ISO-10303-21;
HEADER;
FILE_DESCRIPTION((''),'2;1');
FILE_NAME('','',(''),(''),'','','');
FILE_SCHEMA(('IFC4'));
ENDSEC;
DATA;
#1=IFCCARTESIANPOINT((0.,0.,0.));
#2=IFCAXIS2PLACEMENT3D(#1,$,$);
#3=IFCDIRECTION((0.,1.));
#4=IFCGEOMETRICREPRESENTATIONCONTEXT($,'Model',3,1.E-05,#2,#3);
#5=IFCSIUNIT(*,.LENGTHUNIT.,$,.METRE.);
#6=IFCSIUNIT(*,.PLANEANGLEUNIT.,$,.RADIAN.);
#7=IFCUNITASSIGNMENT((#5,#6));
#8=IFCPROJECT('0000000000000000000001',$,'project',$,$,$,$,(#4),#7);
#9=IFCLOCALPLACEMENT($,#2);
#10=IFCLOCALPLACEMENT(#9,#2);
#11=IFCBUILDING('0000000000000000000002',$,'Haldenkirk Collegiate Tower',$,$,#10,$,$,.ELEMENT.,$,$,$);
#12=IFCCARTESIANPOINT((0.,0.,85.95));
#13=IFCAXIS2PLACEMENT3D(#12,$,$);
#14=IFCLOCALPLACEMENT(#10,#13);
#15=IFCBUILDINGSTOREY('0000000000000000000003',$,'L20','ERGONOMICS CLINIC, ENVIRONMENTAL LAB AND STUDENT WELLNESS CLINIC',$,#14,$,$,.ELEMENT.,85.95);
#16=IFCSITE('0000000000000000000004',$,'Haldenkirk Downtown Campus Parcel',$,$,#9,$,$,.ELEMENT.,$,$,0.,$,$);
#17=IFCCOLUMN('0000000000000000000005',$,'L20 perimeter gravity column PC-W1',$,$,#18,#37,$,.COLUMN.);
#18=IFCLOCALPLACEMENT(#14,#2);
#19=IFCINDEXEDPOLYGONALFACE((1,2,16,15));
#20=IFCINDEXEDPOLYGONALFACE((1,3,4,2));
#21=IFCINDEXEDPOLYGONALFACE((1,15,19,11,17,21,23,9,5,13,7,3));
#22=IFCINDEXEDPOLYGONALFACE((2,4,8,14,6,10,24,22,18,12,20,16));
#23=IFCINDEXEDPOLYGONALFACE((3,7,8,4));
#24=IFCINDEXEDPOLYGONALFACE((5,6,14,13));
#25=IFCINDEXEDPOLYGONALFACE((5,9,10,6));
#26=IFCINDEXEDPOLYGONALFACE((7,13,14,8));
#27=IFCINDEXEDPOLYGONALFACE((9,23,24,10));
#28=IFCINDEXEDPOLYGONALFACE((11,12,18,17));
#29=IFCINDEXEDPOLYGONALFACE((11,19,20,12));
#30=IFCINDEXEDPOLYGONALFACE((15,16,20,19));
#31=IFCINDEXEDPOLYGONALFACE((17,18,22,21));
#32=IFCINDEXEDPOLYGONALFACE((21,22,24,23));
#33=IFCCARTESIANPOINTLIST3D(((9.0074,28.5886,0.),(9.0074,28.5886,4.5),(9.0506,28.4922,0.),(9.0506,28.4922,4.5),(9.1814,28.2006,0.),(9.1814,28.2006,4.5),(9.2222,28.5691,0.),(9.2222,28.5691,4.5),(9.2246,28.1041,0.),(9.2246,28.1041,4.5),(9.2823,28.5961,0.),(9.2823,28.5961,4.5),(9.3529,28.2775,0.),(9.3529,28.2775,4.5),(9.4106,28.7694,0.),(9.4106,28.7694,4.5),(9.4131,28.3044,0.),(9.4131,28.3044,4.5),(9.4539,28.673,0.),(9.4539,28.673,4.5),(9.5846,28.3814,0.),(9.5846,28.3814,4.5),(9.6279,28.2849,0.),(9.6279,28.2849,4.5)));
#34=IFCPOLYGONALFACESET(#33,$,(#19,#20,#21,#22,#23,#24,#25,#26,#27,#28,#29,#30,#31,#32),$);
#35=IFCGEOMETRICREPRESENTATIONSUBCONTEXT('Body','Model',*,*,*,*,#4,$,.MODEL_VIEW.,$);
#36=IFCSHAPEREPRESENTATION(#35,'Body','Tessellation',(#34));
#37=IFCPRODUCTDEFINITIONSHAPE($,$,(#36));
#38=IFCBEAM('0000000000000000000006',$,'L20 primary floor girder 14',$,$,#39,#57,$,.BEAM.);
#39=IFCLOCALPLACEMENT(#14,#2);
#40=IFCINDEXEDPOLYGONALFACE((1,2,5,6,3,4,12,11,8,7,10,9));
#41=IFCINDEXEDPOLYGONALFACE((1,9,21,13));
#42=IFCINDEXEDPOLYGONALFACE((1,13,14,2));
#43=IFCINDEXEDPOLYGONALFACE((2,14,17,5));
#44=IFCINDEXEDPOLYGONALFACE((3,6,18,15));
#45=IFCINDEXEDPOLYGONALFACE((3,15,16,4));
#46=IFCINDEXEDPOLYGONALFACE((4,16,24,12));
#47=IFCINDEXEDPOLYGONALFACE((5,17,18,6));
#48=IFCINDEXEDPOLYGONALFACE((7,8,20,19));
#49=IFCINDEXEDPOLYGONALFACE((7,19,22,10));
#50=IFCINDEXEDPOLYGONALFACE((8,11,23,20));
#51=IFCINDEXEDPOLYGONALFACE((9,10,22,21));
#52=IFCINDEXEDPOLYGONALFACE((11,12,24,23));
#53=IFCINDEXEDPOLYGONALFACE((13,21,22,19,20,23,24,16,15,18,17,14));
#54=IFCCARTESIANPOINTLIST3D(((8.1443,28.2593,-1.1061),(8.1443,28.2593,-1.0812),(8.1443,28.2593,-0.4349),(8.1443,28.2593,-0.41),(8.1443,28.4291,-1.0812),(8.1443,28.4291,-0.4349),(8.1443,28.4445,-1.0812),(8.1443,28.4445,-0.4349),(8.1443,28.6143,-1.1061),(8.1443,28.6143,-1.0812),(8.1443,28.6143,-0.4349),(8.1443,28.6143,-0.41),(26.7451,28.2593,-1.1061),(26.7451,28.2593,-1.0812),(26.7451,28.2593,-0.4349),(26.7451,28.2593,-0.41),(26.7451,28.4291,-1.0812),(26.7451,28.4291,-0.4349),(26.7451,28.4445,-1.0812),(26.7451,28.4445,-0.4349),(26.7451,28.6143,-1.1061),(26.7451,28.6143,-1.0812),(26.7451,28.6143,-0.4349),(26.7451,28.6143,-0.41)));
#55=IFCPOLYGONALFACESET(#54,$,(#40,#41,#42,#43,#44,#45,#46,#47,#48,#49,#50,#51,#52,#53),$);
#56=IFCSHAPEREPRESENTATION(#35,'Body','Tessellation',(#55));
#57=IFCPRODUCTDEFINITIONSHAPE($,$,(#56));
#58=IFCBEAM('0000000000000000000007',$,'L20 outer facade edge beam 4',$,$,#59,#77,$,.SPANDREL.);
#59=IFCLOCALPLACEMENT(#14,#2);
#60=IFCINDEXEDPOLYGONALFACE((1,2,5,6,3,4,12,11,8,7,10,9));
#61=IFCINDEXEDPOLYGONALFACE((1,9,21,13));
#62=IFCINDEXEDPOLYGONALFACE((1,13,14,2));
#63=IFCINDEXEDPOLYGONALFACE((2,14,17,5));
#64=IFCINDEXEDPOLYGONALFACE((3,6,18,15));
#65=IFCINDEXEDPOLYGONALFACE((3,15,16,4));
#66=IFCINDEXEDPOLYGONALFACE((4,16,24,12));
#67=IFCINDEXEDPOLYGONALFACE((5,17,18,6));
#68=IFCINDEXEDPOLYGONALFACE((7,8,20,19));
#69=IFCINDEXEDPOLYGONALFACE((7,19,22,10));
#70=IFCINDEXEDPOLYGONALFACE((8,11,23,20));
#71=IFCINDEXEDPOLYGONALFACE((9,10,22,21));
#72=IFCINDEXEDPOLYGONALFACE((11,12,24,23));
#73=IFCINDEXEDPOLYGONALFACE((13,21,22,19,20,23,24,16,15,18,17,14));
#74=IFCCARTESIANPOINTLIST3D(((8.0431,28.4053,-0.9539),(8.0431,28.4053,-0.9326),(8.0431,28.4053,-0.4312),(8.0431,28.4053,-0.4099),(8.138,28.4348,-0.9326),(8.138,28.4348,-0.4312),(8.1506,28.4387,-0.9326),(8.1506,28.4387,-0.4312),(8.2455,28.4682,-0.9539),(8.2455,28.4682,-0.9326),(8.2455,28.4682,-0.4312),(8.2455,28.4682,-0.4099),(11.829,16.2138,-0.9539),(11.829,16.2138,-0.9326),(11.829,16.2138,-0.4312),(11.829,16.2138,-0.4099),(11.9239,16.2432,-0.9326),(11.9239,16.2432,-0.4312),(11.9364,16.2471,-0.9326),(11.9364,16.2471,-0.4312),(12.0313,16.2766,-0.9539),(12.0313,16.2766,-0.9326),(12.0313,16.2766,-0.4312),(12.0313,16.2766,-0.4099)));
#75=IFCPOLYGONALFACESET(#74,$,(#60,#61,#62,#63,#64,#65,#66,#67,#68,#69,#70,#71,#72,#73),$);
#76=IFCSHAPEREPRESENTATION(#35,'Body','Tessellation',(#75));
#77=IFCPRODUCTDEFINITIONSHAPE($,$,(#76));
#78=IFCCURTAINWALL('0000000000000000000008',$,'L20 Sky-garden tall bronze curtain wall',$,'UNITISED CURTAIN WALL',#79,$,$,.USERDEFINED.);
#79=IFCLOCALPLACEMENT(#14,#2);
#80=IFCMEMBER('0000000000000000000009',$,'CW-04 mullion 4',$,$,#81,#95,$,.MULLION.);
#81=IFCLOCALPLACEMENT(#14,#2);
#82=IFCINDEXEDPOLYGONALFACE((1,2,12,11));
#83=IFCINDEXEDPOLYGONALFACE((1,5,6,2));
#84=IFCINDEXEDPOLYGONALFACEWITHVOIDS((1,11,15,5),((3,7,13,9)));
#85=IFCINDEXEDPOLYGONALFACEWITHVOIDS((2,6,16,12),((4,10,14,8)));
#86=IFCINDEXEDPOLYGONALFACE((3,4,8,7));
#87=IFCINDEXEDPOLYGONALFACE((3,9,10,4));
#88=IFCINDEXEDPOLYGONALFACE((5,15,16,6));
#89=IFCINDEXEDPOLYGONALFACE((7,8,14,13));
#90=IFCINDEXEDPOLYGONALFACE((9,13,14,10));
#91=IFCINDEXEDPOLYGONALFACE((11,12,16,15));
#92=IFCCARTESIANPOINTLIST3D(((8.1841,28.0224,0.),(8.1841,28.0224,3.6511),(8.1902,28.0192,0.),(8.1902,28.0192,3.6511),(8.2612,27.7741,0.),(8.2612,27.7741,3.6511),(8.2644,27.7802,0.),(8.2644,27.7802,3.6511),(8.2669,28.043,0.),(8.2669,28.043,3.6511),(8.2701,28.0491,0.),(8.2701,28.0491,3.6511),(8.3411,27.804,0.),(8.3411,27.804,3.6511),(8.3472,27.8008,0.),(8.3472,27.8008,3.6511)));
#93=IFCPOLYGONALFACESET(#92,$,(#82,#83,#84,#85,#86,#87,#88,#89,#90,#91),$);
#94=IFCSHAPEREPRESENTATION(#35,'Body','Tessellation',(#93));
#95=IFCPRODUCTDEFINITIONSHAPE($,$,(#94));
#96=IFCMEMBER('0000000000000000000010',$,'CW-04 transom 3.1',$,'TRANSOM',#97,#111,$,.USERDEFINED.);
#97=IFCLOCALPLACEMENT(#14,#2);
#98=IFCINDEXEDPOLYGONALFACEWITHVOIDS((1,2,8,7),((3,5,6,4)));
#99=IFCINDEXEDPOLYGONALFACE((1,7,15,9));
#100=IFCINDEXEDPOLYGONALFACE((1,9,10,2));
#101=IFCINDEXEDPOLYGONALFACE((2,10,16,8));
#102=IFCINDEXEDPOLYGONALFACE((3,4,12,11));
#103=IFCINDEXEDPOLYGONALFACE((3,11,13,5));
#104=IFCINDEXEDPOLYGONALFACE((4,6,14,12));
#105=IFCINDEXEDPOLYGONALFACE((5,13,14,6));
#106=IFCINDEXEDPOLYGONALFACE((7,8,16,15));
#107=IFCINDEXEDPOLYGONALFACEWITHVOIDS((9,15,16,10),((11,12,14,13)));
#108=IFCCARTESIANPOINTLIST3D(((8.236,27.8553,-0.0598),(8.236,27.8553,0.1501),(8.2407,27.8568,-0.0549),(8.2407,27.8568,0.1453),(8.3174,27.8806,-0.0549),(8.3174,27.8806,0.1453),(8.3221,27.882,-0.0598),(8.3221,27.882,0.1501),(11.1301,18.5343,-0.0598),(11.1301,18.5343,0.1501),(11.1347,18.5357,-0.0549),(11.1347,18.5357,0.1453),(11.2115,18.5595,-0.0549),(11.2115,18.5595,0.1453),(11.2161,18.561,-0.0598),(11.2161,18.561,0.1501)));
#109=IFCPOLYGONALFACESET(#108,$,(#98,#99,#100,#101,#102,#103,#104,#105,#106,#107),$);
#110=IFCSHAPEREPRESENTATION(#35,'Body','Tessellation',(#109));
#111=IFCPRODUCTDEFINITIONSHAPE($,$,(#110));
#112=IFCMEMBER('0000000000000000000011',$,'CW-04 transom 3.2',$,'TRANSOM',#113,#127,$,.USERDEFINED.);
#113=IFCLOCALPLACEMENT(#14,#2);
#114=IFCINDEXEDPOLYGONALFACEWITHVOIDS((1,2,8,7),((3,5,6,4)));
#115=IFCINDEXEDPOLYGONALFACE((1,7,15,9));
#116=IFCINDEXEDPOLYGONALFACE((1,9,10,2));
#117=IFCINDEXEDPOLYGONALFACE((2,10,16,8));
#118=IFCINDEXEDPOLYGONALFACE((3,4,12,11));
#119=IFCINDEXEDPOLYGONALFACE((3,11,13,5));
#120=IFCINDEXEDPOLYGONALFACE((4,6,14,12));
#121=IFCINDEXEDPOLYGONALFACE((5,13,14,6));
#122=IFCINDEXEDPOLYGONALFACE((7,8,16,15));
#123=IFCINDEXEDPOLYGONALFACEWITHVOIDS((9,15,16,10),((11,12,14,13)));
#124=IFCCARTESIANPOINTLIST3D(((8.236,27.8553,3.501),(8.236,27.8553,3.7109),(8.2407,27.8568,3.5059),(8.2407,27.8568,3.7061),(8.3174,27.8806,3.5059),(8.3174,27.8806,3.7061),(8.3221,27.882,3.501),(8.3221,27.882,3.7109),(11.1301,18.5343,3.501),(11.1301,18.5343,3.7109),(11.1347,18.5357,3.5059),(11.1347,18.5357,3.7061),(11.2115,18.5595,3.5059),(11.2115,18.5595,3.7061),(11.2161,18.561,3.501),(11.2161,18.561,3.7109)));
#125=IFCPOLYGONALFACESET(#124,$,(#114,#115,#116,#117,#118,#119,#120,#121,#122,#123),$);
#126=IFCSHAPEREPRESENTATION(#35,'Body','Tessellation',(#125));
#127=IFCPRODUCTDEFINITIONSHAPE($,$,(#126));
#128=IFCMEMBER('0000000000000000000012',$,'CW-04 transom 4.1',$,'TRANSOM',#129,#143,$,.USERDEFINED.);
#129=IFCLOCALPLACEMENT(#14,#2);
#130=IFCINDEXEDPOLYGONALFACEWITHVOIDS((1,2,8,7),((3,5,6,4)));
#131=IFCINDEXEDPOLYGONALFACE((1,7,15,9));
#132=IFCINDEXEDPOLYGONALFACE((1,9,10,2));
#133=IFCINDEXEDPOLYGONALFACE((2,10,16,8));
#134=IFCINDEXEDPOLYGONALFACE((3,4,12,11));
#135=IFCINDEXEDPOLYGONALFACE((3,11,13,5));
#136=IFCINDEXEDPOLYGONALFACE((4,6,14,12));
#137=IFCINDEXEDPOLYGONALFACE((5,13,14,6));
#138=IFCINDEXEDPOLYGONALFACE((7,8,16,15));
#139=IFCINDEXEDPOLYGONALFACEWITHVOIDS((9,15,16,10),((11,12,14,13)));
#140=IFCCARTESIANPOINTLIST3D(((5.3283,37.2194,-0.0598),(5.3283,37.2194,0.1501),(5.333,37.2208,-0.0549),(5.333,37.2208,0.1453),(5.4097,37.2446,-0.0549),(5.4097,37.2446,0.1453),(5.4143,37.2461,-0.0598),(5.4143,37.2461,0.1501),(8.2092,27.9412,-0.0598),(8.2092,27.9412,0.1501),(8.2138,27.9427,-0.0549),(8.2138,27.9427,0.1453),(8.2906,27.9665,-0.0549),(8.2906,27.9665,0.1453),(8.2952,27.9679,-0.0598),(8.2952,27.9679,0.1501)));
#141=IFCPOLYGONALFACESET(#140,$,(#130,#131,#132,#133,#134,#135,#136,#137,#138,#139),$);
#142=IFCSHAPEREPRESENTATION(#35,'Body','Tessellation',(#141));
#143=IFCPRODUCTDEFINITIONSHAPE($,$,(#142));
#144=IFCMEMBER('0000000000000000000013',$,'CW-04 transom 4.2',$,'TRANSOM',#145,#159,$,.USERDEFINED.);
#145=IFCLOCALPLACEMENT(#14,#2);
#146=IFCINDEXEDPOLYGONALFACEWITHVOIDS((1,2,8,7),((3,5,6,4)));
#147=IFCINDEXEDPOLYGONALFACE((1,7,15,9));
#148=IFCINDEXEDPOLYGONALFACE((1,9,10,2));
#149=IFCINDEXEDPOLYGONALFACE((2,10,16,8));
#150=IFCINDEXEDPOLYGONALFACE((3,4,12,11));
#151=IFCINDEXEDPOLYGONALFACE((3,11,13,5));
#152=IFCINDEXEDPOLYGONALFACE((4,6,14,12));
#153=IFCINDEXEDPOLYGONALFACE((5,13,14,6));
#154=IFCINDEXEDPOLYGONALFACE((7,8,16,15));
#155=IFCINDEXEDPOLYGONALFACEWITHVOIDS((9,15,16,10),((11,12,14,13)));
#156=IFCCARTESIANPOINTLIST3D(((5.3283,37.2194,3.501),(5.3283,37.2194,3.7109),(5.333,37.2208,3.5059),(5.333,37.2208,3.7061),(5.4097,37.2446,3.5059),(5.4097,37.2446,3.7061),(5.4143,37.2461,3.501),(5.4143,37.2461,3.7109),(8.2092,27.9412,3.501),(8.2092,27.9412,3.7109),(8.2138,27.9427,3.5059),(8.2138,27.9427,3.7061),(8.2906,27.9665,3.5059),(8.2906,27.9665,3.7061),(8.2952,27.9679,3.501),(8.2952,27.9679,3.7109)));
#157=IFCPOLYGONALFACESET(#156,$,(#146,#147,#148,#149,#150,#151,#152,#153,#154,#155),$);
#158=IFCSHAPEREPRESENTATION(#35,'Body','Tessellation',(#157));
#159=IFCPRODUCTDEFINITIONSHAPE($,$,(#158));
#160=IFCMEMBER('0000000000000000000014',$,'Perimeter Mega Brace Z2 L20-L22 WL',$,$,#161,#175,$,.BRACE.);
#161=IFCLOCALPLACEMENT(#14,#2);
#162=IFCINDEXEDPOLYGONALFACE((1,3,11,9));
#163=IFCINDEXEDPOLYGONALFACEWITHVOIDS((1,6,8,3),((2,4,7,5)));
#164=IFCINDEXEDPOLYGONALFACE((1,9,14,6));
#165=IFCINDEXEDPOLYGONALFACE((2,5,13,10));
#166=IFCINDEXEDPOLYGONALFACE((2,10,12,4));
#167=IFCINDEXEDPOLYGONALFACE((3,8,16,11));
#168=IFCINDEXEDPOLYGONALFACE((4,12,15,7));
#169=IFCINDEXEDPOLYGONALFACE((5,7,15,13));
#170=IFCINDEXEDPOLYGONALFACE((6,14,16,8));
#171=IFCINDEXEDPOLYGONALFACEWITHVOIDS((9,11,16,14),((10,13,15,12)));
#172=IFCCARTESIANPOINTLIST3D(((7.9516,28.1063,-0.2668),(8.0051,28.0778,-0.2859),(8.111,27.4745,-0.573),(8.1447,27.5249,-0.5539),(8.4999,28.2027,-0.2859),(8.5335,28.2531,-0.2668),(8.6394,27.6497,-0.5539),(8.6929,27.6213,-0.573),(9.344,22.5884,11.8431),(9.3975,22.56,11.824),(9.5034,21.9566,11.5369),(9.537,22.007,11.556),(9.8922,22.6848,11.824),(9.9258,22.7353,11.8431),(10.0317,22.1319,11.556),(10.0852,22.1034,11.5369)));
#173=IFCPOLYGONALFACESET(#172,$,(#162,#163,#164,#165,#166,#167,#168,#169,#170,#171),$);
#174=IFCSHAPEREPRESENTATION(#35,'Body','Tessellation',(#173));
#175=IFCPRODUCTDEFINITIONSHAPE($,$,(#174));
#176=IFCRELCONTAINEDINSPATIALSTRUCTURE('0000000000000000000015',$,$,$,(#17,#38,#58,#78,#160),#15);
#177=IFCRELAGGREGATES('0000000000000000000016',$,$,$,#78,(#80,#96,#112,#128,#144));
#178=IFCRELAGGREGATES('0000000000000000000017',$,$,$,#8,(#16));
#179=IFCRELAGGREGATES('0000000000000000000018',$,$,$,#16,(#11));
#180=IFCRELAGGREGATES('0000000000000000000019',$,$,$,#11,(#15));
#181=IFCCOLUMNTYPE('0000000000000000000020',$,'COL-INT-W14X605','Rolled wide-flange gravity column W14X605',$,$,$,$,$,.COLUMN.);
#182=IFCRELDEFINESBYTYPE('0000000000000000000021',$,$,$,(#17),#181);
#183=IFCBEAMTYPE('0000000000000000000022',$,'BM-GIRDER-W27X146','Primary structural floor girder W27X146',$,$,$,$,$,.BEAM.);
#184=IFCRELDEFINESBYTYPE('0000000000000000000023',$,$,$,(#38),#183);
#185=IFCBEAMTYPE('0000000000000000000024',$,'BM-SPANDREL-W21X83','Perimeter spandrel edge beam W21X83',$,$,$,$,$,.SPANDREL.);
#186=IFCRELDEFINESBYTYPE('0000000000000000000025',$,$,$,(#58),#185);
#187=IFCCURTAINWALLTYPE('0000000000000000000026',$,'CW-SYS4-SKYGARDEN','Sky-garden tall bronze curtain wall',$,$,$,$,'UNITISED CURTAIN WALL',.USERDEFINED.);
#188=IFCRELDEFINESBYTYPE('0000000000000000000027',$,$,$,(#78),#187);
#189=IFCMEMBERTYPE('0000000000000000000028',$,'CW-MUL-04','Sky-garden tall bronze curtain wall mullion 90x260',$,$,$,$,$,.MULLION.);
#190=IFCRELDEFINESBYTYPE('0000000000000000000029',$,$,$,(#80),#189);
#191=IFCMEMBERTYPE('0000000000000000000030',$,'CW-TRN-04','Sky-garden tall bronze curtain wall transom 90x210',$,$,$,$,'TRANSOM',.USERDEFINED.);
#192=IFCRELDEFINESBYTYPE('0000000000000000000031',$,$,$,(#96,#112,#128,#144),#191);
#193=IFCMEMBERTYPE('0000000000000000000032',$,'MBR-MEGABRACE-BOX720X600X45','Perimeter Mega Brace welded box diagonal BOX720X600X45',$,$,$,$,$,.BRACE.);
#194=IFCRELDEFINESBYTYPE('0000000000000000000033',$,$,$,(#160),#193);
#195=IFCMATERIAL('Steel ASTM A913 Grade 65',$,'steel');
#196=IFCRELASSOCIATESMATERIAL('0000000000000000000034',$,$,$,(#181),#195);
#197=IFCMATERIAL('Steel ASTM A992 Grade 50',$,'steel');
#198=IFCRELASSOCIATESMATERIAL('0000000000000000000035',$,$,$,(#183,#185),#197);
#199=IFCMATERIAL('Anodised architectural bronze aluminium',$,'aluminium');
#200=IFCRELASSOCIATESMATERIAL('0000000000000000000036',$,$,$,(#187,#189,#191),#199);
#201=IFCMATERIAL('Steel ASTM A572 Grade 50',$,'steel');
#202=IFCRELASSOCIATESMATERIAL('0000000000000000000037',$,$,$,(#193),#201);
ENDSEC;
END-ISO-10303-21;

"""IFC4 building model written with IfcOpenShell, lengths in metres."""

from ifc_helpers import new_model, si_unit, direction, frame, origin, origin_2d, place, context, subcontext, project, spatial, hollow_rectangle, i_section, extrude, material, material_profile, profile_set, type_object, element, aggregate, save


model = new_model("IFC4")

# Units and contexts
model_context = context("Model", 3, precision=1e-05, world=origin(), true_north=direction((0.0, 1.0)))
body_context = subcontext(model_context, "Body", "Model", "MODEL_VIEW")
ifc_project = project(units=[si_unit("LENGTHUNIT", "METRE"), si_unit("PLANEANGLEUNIT", "RADIAN")], contexts=[model_context])

# Site, building, storey
site_placement = place(None, origin())
site = spatial("IfcSite", under=ifc_project, at=site_placement, Name="Haldenkirk Downtown Campus Parcel", CompositionType="ELEMENT", RefElevation=0.0)
building_placement = place(site_placement, origin())
building = spatial("IfcBuilding", under=site, at=building_placement, Name="Haldenkirk Collegiate Tower", CompositionType="ELEMENT")
storey_placement = place(building_placement, frame((0.0, 0.0, 85.95)))
storey = spatial("IfcBuildingStorey", under=building, at=storey_placement, Name="L20", Description="ERGONOMICS CLINIC, ENVIRONMENTAL LAB AND STUDENT WELLNESS CLINIC", CompositionType="ELEMENT", Elevation=85.95)

# Column
ifc_material_1 = material(Name="Steel ASTM A913 Grade 65", Category="steel")
ifc_material_profile_1 = material_profile(ifc_material_1, i_section(OverallWidth=0.4419, OverallDepth=0.531, WebThickness=0.0659, FlangeThickness=0.1057, at=origin_2d()), Name="W14X605")
ifc_profile_set_1 = profile_set([ifc_material_profile_1], Name="Steel ASTM A913 Grade 65")
column_type = type_object("IfcColumnType", Name="COL-INT-W14X605", Description="Rolled wide-flange gravity column W14X605", PredefinedType="COLUMN", material=ifc_profile_set_1)
column_placement = place(storey_placement, frame((9.3176, 28.4368, 0.0), z_axis=(0.0, 0.0, 1.0), x_axis=(0.912477, 0.409127, 0.0)))
element("IfcColumn", 1, at=column_placement, inside=storey, type_object=column_type, Name="L20 perimeter gravity column PC-W1", PredefinedType="COLUMN", context=body_context, shape_type="SweptSolid", body=[
    extrude(i_section(OverallWidth=0.4419, OverallDepth=0.531, WebThickness=0.0659, FlangeThickness=0.1057, at=origin_2d()), origin(), (0.0, 0.0, 1.0), 4.5),
])

# Beams
ifc_material_2 = material(Name="Steel ASTM A992 Grade 50", Category="steel")
ifc_material_profile_2 = material_profile(ifc_material_2, i_section(OverallWidth=0.355, OverallDepth=0.696, WebThickness=0.0154, FlangeThickness=0.0249, at=origin_2d()), Name="W27X146")
ifc_profile_set_2 = profile_set([ifc_material_profile_2], Name="Steel ASTM A992 Grade 50")
beam_type_1 = type_object("IfcBeamType", Name="BM-GIRDER-W27X146", Description="Primary structural floor girder W27X146", PredefinedType="BEAM", material=ifc_profile_set_2)
beam_1_placement = place(storey_placement, frame((8.1443, 28.4368, -0.7581), z_axis=(1.0, 0.0, 0.0), x_axis=(0.0, 1.0, 0.0)))
element("IfcBeam", 2, at=beam_1_placement, inside=storey, type_object=beam_type_1, Name="L20 primary floor girder 14", PredefinedType="BEAM", context=body_context, shape_type="SweptSolid", body=[
    extrude(i_section(OverallWidth=0.355, OverallDepth=0.696, WebThickness=0.0154, FlangeThickness=0.0249, at=origin_2d()), origin(), (0.0, 0.0, 1.0), 18.6008),
])
ifc_material_profile_3 = material_profile(ifc_material_2, i_section(OverallWidth=0.2119, OverallDepth=0.5439, WebThickness=0.0132, FlangeThickness=0.0212, at=origin_2d()), Name="W21X83")
ifc_profile_set_3 = profile_set([ifc_material_profile_3], Name="Steel ASTM A992 Grade 50")
beam_type_2 = type_object("IfcBeamType", Name="BM-SPANDREL-W21X83", Description="Perimeter spandrel edge beam W21X83", PredefinedType="SPANDREL", material=ifc_profile_set_3)
beam_2_placement = place(storey_placement, frame((8.1443, 28.4368, -0.6819), z_axis=(0.296562, -0.955014, 0.0), x_axis=(0.955014, 0.296562, 0.0)))
element("IfcBeam", 3, at=beam_2_placement, inside=storey, type_object=beam_type_2, Name="L20 outer facade edge beam 4", PredefinedType="SPANDREL", context=body_context, shape_type="SweptSolid", body=[
    extrude(i_section(OverallWidth=0.2119, OverallDepth=0.5439, WebThickness=0.0132, FlangeThickness=0.0212, at=origin_2d()), origin(), (0.0, 0.0, 1.0), 12.7659),
])

# Curtain wall, members
ifc_material_3 = material(Name="Anodised architectural bronze aluminium", Category="aluminium")
curtain_wall_type = type_object("IfcCurtainWallType", Name="CW-SYS4-SKYGARDEN", Description="Sky-garden tall bronze curtain wall", ElementType="UNITISED CURTAIN WALL", PredefinedType="USERDEFINED", material=ifc_material_3)
curtain_wall_placement = place(storey_placement, origin())
curtain_wall = element("IfcCurtainWall", 4, at=curtain_wall_placement, inside=storey, type_object=curtain_wall_type, Name="L20 Sky-garden tall bronze curtain wall", ObjectType="UNITISED CURTAIN WALL", PredefinedType="USERDEFINED")
ifc_material_profile_4 = material_profile(ifc_material_3, hollow_rectangle(XDim=0.0901, YDim=0.26, WallThickness=0.0049, at=origin_2d()), Name="CW-MUL-04")
ifc_profile_set_4 = profile_set([ifc_material_profile_4], Name="Anodised architectural bronze aluminium")
member_type_1 = type_object("IfcMemberType", Name="CW-MUL-04", Description="Sky-garden tall bronze curtain wall mullion 90x260", PredefinedType="MULLION", material=ifc_profile_set_4)
member_1_placement = place(storey_placement, frame((8.2656, 27.9116, 0.0), z_axis=(0.0, 0.0, 1.0), x_axis=(-0.95502, -0.296541, 0.0)))
member_1 = element("IfcMember", 5, at=member_1_placement, type_object=member_type_1, Name="CW-04 mullion 4", PredefinedType="MULLION", context=body_context, shape_type="SweptSolid", body=[
    extrude(hollow_rectangle(XDim=0.0901, YDim=0.26, WallThickness=0.0049, at=origin_2d()), origin(), (0.0, 0.0, 1.0), 3.6511),
])
ifc_material_profile_5 = material_profile(ifc_material_3, hollow_rectangle(XDim=0.0901, YDim=0.21, WallThickness=0.0049, at=origin_2d()), Name="CW-TRN-04")
ifc_profile_set_5 = profile_set([ifc_material_profile_5], Name="Anodised architectural bronze aluminium")
member_type_2 = type_object("IfcMemberType", Name="CW-TRN-04", Description="Sky-garden tall bronze curtain wall transom 90x210", ElementType="TRANSOM", PredefinedType="USERDEFINED", material=ifc_profile_set_5)
member_2_placement = place(storey_placement, frame((11.1731, 18.5476, 0.0452), z_axis=(-0.296521, 0.955026, 0.0), x_axis=(-0.955026, -0.296521, 0.0)))
member_2 = element("IfcMember", 6, at=member_2_placement, type_object=member_type_2, Name="CW-04 transom 3.1", ObjectType="TRANSOM", PredefinedType="USERDEFINED", context=body_context, shape_type="SweptSolid", body=[
    extrude(hollow_rectangle(XDim=0.0901, YDim=0.21, WallThickness=0.0049, at=origin_2d()), origin(), (0.0, 0.0, 1.0), 9.76),
])
member_3_placement = place(storey_placement, frame((11.1731, 18.5476, 3.606), z_axis=(-0.296521, 0.955026, 0.0), x_axis=(-0.955026, -0.296521, 0.0)))
member_3 = element("IfcMember", 7, at=member_3_placement, type_object=member_type_2, Name="CW-04 transom 3.2", ObjectType="TRANSOM", PredefinedType="USERDEFINED", context=body_context, shape_type="SweptSolid", body=[
    extrude(hollow_rectangle(XDim=0.0901, YDim=0.21, WallThickness=0.0049, at=origin_2d()), origin(), (0.0, 0.0, 1.0), 9.76),
])
member_4_placement = place(storey_placement, frame((8.2522, 27.9546, 0.0452), z_axis=(-0.296536, 0.955022, 0.0), x_axis=(-0.955022, -0.296536, 0.0)))
member_4 = element("IfcMember", 8, at=member_4_placement, type_object=member_type_2, Name="CW-04 transom 4.1", ObjectType="TRANSOM", PredefinedType="USERDEFINED", context=body_context, shape_type="SweptSolid", body=[
    extrude(hollow_rectangle(XDim=0.0901, YDim=0.21, WallThickness=0.0049, at=origin_2d()), origin(), (0.0, 0.0, 1.0), 9.7151),
])
member_5_placement = place(storey_placement, frame((8.2522, 27.9546, 3.606), z_axis=(-0.296536, 0.955022, 0.0), x_axis=(-0.955022, -0.296536, 0.0)))
member_5 = element("IfcMember", 9, at=member_5_placement, type_object=member_type_2, Name="CW-04 transom 4.2", ObjectType="TRANSOM", PredefinedType="USERDEFINED", context=body_context, shape_type="SweptSolid", body=[
    extrude(hollow_rectangle(XDim=0.0901, YDim=0.21, WallThickness=0.0049, at=origin_2d()), origin(), (0.0, 0.0, 1.0), 9.7151),
])

# Member
ifc_material_4 = material(Name="Steel ASTM A572 Grade 50", Category="steel")
ifc_material_profile_6 = material_profile(ifc_material_4, hollow_rectangle(XDim=0.6001, YDim=0.72, WallThickness=0.0449, at=origin_2d()), Name="BOX720X600X45")
ifc_profile_set_6 = profile_set([ifc_material_profile_6], Name="Steel ASTM A572 Grade 50")
member_type_3 = type_object("IfcMemberType", Name="MBR-MEGABRACE-BOX720X600X45", Description="Perimeter Mega Brace welded box diagonal BOX720X600X45", PredefinedType="BRACE", material=ifc_profile_set_6)
member_6_placement = place(storey_placement, frame((8.3223, 27.8638, -0.4199), z_axis=(0.104058, -0.412383, 0.905048), x_axis=(0.969608, 0.244665, 0.0)))
element("IfcMember", 10, at=member_6_placement, inside=storey, type_object=member_type_3, Name="Perimeter Mega Brace Z2 L20-L22 WL", PredefinedType="BRACE", context=body_context, shape_type="SweptSolid", body=[
    extrude(hollow_rectangle(XDim=0.6001, YDim=0.72, WallThickness=0.0449, at=origin_2d()), origin(), (0.0, 0.0, 1.0), 13.3804),
])

aggregate(curtain_wall, [member_1, member_2, member_3, member_4, member_5])

save(model, "model.ifc")
